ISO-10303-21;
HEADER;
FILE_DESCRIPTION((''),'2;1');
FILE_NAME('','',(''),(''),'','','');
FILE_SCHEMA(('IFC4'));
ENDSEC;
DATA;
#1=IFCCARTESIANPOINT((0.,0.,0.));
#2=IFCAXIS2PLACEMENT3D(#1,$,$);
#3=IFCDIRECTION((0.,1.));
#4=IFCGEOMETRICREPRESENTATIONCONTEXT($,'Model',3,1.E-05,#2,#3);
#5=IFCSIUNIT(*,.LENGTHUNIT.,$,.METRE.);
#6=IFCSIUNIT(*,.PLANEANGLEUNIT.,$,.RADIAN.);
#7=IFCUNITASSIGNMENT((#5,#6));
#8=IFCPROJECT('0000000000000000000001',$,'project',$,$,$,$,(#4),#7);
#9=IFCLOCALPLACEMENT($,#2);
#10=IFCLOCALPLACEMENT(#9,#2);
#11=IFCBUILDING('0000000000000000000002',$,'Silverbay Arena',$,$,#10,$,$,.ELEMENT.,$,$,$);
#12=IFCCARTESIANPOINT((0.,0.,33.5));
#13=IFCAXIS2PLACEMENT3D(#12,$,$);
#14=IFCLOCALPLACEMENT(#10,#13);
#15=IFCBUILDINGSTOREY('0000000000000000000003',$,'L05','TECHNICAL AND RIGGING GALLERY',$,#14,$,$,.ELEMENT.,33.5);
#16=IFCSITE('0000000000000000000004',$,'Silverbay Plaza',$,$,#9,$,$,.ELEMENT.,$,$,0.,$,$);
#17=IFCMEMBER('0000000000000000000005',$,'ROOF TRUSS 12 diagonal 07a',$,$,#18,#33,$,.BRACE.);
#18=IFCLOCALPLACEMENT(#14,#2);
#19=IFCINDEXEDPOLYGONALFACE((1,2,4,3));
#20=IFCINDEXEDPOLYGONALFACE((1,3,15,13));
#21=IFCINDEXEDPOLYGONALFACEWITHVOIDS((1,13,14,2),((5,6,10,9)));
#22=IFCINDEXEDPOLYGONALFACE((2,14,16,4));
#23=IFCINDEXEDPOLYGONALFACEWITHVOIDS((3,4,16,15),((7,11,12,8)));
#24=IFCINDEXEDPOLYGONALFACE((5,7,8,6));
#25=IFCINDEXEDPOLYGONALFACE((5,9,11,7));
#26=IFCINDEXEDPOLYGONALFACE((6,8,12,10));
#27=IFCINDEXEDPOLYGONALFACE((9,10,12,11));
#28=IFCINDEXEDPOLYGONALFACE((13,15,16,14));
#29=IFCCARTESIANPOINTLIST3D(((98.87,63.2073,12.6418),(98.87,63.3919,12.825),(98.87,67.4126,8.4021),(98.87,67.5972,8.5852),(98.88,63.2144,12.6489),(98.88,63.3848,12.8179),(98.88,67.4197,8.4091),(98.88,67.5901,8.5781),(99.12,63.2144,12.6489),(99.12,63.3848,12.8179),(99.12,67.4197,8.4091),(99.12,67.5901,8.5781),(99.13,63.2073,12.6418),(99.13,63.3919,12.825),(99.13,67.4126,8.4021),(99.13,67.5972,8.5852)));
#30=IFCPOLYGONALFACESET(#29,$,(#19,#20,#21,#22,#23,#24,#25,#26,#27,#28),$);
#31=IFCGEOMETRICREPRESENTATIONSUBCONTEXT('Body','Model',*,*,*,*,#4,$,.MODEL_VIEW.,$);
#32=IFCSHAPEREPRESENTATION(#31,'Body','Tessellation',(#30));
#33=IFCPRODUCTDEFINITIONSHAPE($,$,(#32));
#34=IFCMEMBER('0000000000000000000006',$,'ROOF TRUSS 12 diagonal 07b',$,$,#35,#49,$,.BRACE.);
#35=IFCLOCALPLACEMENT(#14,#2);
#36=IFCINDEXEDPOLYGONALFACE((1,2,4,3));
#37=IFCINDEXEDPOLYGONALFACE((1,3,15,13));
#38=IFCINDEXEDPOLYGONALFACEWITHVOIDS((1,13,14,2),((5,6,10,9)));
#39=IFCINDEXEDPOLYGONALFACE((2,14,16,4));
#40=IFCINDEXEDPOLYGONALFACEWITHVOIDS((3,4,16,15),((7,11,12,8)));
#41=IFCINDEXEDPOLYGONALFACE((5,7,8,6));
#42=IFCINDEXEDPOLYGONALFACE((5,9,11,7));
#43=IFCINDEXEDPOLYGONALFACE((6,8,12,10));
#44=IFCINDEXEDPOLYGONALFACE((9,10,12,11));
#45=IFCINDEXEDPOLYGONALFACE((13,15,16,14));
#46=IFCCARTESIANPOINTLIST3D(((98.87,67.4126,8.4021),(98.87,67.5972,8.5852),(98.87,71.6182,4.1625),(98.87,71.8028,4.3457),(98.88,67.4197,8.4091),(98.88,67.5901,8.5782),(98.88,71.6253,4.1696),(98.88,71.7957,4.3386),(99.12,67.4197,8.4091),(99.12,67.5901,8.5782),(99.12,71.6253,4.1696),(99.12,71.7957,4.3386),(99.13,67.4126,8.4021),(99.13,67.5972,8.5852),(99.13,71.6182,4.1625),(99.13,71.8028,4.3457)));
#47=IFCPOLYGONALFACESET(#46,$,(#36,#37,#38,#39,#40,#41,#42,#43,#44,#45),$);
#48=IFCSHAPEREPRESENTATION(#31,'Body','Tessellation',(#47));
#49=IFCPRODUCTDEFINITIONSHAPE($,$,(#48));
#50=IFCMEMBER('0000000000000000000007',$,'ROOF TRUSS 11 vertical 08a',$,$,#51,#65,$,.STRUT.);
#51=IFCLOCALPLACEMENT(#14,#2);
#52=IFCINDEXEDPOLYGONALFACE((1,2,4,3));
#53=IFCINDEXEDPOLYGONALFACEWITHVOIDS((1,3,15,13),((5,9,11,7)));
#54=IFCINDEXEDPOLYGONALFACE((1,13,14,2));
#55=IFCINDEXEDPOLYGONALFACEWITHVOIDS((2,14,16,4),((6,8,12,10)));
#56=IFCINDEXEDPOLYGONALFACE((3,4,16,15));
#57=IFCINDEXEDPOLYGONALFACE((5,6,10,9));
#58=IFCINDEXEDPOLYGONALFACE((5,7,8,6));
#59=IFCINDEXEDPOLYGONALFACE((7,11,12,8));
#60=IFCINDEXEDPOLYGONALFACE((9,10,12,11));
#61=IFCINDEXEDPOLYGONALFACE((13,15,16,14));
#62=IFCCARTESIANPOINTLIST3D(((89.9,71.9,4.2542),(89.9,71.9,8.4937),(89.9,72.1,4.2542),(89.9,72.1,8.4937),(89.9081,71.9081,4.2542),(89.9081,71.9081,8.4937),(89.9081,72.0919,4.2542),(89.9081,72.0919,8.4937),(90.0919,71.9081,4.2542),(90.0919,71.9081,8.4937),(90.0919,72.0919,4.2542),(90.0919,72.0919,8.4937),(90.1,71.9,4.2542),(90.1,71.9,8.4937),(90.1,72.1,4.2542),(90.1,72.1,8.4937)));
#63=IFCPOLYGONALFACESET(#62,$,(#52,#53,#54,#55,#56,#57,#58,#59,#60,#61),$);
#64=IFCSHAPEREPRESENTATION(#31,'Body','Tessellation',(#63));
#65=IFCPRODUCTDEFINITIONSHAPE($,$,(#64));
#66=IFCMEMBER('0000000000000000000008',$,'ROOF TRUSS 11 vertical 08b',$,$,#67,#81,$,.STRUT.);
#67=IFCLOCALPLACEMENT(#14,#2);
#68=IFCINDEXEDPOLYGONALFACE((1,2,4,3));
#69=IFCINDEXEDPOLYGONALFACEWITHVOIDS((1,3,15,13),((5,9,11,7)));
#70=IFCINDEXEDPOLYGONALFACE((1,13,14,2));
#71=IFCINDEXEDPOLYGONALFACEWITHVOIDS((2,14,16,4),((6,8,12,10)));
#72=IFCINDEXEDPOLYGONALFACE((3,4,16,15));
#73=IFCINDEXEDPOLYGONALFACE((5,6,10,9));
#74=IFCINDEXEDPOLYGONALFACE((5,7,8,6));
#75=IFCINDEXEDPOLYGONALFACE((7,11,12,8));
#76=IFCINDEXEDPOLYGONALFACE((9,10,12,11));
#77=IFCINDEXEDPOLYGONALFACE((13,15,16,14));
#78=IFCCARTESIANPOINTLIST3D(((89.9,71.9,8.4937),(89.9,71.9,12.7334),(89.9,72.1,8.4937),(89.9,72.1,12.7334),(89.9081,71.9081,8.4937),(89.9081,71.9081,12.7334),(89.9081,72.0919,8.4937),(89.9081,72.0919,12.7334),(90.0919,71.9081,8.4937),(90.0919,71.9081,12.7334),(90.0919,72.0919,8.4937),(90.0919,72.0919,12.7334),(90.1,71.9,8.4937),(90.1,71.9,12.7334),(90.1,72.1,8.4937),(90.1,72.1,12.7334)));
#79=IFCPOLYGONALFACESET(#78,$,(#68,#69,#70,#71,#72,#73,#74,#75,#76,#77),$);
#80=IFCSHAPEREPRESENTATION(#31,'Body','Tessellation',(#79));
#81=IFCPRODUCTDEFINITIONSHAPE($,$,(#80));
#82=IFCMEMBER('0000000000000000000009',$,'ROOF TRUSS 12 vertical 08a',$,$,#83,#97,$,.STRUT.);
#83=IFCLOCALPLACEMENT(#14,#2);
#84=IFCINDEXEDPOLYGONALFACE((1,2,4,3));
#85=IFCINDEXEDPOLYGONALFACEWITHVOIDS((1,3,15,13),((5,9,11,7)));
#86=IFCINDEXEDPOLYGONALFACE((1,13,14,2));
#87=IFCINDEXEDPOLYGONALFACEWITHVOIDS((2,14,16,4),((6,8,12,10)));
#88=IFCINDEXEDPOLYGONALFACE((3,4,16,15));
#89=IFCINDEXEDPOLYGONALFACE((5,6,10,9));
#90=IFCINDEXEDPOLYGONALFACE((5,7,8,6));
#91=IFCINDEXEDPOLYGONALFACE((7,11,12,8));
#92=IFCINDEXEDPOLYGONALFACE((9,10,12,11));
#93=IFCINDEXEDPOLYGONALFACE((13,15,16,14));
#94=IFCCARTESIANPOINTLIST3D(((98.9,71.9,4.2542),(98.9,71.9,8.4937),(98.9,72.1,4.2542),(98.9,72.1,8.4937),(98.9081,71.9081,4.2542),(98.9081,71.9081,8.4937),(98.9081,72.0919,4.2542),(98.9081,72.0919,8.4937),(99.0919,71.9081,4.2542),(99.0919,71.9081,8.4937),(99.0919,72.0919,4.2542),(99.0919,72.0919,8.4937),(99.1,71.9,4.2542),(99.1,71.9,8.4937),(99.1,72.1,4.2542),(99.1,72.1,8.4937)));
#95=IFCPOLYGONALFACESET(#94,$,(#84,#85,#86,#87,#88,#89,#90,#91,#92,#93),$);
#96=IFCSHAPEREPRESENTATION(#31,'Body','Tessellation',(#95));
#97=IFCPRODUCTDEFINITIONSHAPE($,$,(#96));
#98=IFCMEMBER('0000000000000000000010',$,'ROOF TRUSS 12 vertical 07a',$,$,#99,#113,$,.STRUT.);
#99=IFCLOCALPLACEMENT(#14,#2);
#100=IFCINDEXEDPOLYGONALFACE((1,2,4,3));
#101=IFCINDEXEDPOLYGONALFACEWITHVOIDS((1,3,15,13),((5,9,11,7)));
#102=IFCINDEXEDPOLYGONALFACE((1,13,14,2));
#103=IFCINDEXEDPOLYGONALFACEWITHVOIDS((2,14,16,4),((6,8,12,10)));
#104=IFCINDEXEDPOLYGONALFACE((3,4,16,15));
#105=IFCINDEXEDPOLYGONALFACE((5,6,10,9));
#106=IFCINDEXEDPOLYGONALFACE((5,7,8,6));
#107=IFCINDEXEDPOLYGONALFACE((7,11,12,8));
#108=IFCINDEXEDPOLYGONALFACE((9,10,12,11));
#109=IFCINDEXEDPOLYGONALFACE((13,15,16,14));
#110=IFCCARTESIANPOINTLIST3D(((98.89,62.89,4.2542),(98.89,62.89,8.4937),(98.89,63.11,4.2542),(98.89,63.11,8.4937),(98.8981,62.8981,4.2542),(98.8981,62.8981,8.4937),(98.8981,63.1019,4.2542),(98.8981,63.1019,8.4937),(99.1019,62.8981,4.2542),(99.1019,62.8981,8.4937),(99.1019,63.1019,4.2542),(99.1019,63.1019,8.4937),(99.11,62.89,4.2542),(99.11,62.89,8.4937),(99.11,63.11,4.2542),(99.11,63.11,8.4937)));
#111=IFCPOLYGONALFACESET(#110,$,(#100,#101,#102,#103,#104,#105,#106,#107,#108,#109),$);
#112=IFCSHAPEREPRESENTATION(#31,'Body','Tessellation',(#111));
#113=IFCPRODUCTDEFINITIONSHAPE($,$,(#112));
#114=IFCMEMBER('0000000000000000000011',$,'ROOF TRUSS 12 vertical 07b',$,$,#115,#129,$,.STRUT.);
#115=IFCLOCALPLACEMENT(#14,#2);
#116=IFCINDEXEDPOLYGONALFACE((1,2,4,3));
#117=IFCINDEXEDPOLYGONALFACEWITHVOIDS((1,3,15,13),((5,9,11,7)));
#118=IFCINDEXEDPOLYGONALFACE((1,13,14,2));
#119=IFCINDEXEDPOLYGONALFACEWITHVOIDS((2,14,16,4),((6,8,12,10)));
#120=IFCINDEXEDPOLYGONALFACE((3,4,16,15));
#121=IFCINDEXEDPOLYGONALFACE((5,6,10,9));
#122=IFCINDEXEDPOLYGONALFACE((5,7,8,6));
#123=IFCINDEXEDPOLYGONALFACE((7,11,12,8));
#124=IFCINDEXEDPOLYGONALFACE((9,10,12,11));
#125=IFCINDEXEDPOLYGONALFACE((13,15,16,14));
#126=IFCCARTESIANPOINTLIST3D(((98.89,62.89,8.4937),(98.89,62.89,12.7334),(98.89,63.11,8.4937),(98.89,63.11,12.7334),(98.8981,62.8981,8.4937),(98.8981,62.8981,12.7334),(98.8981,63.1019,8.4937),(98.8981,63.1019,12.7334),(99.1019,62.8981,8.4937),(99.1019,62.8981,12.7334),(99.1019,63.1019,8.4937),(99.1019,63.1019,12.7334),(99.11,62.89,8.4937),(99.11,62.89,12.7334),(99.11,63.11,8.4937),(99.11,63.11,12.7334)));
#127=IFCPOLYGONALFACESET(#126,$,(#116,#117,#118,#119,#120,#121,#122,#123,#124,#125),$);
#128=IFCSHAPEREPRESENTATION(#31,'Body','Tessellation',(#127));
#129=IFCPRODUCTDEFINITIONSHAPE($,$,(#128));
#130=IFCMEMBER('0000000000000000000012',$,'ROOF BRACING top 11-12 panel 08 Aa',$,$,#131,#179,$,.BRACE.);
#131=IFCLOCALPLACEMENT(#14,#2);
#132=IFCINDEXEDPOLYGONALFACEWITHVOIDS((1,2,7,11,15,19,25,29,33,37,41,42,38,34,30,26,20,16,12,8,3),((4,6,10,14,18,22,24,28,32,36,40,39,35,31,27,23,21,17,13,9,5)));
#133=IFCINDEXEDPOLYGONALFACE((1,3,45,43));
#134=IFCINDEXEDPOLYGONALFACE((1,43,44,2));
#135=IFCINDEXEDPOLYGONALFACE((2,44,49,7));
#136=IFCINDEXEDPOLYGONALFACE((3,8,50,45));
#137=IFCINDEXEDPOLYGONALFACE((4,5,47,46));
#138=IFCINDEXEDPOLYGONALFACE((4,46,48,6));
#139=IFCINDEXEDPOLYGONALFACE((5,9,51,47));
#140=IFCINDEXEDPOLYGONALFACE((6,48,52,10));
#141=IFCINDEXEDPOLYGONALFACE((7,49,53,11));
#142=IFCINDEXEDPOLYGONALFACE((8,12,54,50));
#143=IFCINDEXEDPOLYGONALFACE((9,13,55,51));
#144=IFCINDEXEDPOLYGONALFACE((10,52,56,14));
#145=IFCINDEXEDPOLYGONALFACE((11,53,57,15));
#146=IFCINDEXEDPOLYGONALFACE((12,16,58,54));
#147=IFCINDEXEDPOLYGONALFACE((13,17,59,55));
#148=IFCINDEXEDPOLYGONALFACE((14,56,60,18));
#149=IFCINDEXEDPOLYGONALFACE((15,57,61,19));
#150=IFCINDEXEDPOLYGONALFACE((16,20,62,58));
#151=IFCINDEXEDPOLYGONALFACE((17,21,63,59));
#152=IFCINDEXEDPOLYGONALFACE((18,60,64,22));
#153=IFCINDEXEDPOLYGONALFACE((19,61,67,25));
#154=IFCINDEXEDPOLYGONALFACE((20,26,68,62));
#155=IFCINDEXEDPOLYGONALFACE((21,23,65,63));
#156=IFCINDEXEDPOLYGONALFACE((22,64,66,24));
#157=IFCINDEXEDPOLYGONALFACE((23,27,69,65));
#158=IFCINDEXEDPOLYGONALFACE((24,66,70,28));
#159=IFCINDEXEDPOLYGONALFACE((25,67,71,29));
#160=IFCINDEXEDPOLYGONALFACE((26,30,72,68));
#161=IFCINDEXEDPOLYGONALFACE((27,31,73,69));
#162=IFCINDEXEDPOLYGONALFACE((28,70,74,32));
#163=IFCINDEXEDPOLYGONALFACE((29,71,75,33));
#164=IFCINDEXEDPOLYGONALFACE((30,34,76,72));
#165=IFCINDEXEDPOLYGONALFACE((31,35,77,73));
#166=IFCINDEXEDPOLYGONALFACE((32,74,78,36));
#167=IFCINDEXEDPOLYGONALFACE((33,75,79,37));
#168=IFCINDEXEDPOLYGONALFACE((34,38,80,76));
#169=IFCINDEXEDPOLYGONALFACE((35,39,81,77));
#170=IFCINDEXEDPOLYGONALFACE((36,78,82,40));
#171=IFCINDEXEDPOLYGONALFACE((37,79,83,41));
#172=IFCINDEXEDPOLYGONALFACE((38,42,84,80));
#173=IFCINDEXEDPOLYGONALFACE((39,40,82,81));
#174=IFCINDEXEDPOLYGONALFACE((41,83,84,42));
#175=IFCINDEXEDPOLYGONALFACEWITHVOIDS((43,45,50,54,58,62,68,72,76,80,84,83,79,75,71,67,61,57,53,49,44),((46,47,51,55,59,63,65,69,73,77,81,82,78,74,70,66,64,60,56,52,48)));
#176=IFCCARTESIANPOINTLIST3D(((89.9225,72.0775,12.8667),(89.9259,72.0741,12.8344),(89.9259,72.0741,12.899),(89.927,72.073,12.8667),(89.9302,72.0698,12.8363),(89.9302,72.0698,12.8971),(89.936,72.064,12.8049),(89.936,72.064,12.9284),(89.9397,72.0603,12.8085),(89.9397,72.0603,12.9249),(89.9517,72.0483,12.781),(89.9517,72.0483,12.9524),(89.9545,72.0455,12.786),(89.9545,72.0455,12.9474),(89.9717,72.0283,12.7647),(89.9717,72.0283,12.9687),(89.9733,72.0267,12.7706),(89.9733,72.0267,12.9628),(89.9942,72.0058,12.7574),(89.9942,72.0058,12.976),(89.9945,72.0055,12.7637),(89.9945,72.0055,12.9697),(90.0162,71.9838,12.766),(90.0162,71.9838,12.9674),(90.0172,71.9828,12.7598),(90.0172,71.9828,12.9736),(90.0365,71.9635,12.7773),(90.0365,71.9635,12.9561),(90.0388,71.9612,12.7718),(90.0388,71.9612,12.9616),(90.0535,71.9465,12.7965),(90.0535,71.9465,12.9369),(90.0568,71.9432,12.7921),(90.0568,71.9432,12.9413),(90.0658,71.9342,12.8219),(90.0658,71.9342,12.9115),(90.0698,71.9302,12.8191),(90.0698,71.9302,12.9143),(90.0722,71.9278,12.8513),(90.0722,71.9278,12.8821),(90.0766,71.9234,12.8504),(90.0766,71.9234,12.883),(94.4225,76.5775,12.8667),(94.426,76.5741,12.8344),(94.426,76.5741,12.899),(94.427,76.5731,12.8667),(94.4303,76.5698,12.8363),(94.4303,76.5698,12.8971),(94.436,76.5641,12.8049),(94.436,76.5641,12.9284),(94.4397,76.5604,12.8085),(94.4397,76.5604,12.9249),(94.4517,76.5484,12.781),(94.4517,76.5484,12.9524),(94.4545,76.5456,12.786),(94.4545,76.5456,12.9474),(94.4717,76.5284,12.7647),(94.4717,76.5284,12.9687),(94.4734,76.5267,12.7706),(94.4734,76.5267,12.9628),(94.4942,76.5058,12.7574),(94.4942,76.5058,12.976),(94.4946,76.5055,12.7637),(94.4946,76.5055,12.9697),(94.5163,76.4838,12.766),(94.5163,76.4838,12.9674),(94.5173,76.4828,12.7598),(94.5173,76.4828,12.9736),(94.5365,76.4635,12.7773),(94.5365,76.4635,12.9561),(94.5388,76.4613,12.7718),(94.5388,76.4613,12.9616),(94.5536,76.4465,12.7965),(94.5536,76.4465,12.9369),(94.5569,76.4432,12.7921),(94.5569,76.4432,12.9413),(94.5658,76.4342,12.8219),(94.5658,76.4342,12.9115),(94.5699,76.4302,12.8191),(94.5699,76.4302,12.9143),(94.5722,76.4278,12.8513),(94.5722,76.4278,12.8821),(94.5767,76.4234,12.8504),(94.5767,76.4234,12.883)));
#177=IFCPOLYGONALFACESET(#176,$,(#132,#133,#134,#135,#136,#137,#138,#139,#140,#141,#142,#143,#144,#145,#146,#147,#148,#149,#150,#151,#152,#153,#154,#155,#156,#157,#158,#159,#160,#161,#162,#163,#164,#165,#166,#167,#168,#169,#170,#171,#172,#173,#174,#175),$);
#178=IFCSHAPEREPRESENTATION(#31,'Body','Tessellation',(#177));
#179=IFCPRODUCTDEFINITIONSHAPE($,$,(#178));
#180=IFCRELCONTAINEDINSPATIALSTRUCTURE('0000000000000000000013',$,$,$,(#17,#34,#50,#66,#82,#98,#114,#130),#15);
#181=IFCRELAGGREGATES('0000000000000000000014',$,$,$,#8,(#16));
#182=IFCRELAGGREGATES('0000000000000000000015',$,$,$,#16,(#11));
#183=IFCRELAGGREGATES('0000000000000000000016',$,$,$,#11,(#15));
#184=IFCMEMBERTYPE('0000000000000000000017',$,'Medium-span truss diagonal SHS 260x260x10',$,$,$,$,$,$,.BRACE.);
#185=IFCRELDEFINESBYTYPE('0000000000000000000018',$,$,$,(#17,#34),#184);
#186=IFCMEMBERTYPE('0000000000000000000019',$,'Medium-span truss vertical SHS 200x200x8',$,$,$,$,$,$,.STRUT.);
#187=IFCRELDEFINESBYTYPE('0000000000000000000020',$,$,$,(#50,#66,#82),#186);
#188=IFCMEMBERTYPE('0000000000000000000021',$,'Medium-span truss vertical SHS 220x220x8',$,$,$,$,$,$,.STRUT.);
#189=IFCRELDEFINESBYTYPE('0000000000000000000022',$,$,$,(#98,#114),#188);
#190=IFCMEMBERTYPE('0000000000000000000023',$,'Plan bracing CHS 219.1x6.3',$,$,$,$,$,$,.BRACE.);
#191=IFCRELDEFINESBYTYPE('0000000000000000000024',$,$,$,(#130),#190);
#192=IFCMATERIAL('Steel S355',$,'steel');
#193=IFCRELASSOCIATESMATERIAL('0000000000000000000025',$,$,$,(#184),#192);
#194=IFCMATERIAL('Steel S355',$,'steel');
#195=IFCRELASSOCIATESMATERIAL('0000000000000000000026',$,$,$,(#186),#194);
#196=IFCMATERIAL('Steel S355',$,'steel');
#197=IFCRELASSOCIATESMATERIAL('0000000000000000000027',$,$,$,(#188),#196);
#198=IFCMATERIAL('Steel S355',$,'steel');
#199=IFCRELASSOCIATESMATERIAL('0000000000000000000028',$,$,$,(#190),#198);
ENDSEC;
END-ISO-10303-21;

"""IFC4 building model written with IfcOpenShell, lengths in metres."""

from ifc_helpers import new_model, si_unit, direction, frame, origin, origin_2d, place, context, subcontext, project, spatial, hollow_rectangle, hollow_circle, extrude, material, material_profile, profile_set, type_object, element, save


model = new_model("IFC4")

# Units and contexts
model_context = context("Model", 3, precision=1e-05, world=origin(), true_north=direction((0.0, 1.0)))
body_context = subcontext(model_context, "Body", "Model", "MODEL_VIEW")
ifc_project = project(units=[si_unit("LENGTHUNIT", "METRE"), si_unit("PLANEANGLEUNIT", "RADIAN")], contexts=[model_context])

# Site, building, storey
site_placement = place(None, origin())
site = spatial("IfcSite", under=ifc_project, at=site_placement, Name="Silverbay Plaza", CompositionType="ELEMENT", RefElevation=0.0)
building_placement = place(site_placement, origin())
building = spatial("IfcBuilding", under=site, at=building_placement, Name="Silverbay Arena", CompositionType="ELEMENT")
storey_placement = place(building_placement, frame((0.0, 0.0, 33.5)))
storey = spatial("IfcBuildingStorey", under=building, at=storey_placement, Name="L05", Description="TECHNICAL AND RIGGING GALLERY", CompositionType="ELEMENT", Elevation=33.5)

# Members
ifc_material_1 = material(Name="Steel S355", Category="steel")
ifc_material_profile_1 = material_profile(ifc_material_1, hollow_rectangle(XDim=0.26, YDim=0.26, WallThickness=0.01, at=origin_2d()), Name="SHS 260x260x10")
ifc_profile_set_1 = profile_set([ifc_material_profile_1], Name="Steel S355")
member_type_1 = type_object("IfcMemberType", Name="Medium-span truss diagonal SHS 260x260x10", PredefinedType="BRACE", material=ifc_profile_set_1)
for number, where, z_axis, x_axis, name in (
    (1, (99.0, 63.2996, 12.7334), (0.0, 0.704219, -0.709983), (-1.0, 0.0, 0.0), "ROOF TRUSS 12 diagonal 07a"),
    (2, (99.0, 67.5049, 8.4937), (0.0, 0.70426, -0.709942), (-1.0, 0.0, 0.0), "ROOF TRUSS 12 diagonal 07b"),
):
    element("IfcMember", number, at=place(storey_placement, frame(where, z_axis=z_axis, x_axis=x_axis)), inside=storey, type_object=member_type_1, Name=name, PredefinedType="BRACE", context=body_context, shape_type="SweptSolid", body=[
        extrude(hollow_rectangle(XDim=0.26, YDim=0.26, WallThickness=0.01, at=origin_2d()), origin(), (0.0, 0.0, 1.0), 5.9717),
    ])
ifc_material_2 = material(Name="Steel S355", Category="steel")
ifc_material_profile_2 = material_profile(ifc_material_2, hollow_rectangle(XDim=0.2, YDim=0.2, WallThickness=0.0081, at=origin_2d()), Name="SHS 200x200x8")
ifc_profile_set_2 = profile_set([ifc_material_profile_2], Name="Steel S355")
member_type_2 = type_object("IfcMemberType", Name="Medium-span truss vertical SHS 200x200x8", PredefinedType="STRUT", material=ifc_profile_set_2)
member_1_placement = place(storey_placement, frame((90.0, 72.0, 4.2542), z_axis=(0.0, 0.0, 1.0), x_axis=(1.0, 0.0, 0.0)))
element("IfcMember", 3, at=member_1_placement, inside=storey, type_object=member_type_2, Name="ROOF TRUSS 11 vertical 08a", PredefinedType="STRUT", context=body_context, shape_type="SweptSolid", body=[
    extrude(hollow_rectangle(XDim=0.2, YDim=0.2, WallThickness=0.0081, at=origin_2d()), origin(), (0.0, 0.0, 1.0), 4.2395),
])
member_2_placement = place(storey_placement, frame((90.0, 72.0, 8.4937), z_axis=(0.0, 0.0, 1.0), x_axis=(1.0, 0.0, 0.0)))
element("IfcMember", 4, at=member_2_placement, inside=storey, type_object=member_type_2, Name="ROOF TRUSS 11 vertical 08b", PredefinedType="STRUT", context=body_context, shape_type="SweptSolid", body=[
    extrude(hollow_rectangle(XDim=0.2, YDim=0.2, WallThickness=0.0081, at=origin_2d()), origin(), (0.0, 0.0, 1.0), 4.2397),
])
member_3_placement = place(storey_placement, frame((99.0, 72.0, 4.2542), z_axis=(0.0, 0.0, 1.0), x_axis=(1.0, 0.0, 0.0)))
element("IfcMember", 5, at=member_3_placement, inside=storey, type_object=member_type_2, Name="ROOF TRUSS 12 vertical 08a", PredefinedType="STRUT", context=body_context, shape_type="SweptSolid", body=[
    extrude(hollow_rectangle(XDim=0.2, YDim=0.2, WallThickness=0.0081, at=origin_2d()), origin(), (0.0, 0.0, 1.0), 4.2395),
])
ifc_material_3 = material(Name="Steel S355", Category="steel")
ifc_material_profile_3 = material_profile(ifc_material_3, hollow_rectangle(XDim=0.22, YDim=0.22, WallThickness=0.0081, at=origin_2d()), Name="SHS 220x220x8")
ifc_profile_set_3 = profile_set([ifc_material_profile_3], Name="Steel S355")
member_type_3 = type_object("IfcMemberType", Name="Medium-span truss vertical SHS 220x220x8", PredefinedType="STRUT", material=ifc_profile_set_3)
member_4_placement = place(storey_placement, frame((99.0, 63.0, 4.2542), z_axis=(0.0, 0.0, 1.0), x_axis=(1.0, 0.0, 0.0)))
element("IfcMember", 6, at=member_4_placement, inside=storey, type_object=member_type_3, Name="ROOF TRUSS 12 vertical 07a", PredefinedType="STRUT", context=body_context, shape_type="SweptSolid", body=[
    extrude(hollow_rectangle(XDim=0.22, YDim=0.22, WallThickness=0.0081, at=origin_2d()), origin(), (0.0, 0.0, 1.0), 4.2395),
])
member_5_placement = place(storey_placement, frame((99.0, 63.0, 8.4937), z_axis=(0.0, 0.0, 1.0), x_axis=(1.0, 0.0, 0.0)))
element("IfcMember", 7, at=member_5_placement, inside=storey, type_object=member_type_3, Name="ROOF TRUSS 12 vertical 07b", PredefinedType="STRUT", context=body_context, shape_type="SweptSolid", body=[
    extrude(hollow_rectangle(XDim=0.22, YDim=0.22, WallThickness=0.0081, at=origin_2d()), origin(), (0.0, 0.0, 1.0), 4.2397),
])
ifc_material_4 = material(Name="Steel S355", Category="steel")
ifc_material_profile_4 = material_profile(ifc_material_4, hollow_circle(Radius=0.1096, WallThickness=0.0063, at=origin_2d()), Name="CHS 219.1x6.3")
ifc_profile_set_4 = profile_set([ifc_material_profile_4], Name="Steel S355")
member_type_4 = type_object("IfcMemberType", Name="Plan bracing CHS 219.1x6.3", PredefinedType="BRACE", material=ifc_profile_set_4)
member_6_placement = place(storey_placement, frame((90.0, 72.0, 12.8667), z_axis=(0.707107, 0.707107, 0.0), x_axis=(-0.707107, 0.707107, 0.0)))
element("IfcMember", 8, at=member_6_placement, inside=storey, type_object=member_type_4, Name="ROOF BRACING top 11-12 panel 08 Aa", PredefinedType="BRACE", context=body_context, shape_type="SweptSolid", body=[
    extrude(hollow_circle(Radius=0.1096, WallThickness=0.0063, at=origin_2d()), origin(), (0.0, 0.0, 1.0), 6.364),
])

save(model, "model.ifc")
